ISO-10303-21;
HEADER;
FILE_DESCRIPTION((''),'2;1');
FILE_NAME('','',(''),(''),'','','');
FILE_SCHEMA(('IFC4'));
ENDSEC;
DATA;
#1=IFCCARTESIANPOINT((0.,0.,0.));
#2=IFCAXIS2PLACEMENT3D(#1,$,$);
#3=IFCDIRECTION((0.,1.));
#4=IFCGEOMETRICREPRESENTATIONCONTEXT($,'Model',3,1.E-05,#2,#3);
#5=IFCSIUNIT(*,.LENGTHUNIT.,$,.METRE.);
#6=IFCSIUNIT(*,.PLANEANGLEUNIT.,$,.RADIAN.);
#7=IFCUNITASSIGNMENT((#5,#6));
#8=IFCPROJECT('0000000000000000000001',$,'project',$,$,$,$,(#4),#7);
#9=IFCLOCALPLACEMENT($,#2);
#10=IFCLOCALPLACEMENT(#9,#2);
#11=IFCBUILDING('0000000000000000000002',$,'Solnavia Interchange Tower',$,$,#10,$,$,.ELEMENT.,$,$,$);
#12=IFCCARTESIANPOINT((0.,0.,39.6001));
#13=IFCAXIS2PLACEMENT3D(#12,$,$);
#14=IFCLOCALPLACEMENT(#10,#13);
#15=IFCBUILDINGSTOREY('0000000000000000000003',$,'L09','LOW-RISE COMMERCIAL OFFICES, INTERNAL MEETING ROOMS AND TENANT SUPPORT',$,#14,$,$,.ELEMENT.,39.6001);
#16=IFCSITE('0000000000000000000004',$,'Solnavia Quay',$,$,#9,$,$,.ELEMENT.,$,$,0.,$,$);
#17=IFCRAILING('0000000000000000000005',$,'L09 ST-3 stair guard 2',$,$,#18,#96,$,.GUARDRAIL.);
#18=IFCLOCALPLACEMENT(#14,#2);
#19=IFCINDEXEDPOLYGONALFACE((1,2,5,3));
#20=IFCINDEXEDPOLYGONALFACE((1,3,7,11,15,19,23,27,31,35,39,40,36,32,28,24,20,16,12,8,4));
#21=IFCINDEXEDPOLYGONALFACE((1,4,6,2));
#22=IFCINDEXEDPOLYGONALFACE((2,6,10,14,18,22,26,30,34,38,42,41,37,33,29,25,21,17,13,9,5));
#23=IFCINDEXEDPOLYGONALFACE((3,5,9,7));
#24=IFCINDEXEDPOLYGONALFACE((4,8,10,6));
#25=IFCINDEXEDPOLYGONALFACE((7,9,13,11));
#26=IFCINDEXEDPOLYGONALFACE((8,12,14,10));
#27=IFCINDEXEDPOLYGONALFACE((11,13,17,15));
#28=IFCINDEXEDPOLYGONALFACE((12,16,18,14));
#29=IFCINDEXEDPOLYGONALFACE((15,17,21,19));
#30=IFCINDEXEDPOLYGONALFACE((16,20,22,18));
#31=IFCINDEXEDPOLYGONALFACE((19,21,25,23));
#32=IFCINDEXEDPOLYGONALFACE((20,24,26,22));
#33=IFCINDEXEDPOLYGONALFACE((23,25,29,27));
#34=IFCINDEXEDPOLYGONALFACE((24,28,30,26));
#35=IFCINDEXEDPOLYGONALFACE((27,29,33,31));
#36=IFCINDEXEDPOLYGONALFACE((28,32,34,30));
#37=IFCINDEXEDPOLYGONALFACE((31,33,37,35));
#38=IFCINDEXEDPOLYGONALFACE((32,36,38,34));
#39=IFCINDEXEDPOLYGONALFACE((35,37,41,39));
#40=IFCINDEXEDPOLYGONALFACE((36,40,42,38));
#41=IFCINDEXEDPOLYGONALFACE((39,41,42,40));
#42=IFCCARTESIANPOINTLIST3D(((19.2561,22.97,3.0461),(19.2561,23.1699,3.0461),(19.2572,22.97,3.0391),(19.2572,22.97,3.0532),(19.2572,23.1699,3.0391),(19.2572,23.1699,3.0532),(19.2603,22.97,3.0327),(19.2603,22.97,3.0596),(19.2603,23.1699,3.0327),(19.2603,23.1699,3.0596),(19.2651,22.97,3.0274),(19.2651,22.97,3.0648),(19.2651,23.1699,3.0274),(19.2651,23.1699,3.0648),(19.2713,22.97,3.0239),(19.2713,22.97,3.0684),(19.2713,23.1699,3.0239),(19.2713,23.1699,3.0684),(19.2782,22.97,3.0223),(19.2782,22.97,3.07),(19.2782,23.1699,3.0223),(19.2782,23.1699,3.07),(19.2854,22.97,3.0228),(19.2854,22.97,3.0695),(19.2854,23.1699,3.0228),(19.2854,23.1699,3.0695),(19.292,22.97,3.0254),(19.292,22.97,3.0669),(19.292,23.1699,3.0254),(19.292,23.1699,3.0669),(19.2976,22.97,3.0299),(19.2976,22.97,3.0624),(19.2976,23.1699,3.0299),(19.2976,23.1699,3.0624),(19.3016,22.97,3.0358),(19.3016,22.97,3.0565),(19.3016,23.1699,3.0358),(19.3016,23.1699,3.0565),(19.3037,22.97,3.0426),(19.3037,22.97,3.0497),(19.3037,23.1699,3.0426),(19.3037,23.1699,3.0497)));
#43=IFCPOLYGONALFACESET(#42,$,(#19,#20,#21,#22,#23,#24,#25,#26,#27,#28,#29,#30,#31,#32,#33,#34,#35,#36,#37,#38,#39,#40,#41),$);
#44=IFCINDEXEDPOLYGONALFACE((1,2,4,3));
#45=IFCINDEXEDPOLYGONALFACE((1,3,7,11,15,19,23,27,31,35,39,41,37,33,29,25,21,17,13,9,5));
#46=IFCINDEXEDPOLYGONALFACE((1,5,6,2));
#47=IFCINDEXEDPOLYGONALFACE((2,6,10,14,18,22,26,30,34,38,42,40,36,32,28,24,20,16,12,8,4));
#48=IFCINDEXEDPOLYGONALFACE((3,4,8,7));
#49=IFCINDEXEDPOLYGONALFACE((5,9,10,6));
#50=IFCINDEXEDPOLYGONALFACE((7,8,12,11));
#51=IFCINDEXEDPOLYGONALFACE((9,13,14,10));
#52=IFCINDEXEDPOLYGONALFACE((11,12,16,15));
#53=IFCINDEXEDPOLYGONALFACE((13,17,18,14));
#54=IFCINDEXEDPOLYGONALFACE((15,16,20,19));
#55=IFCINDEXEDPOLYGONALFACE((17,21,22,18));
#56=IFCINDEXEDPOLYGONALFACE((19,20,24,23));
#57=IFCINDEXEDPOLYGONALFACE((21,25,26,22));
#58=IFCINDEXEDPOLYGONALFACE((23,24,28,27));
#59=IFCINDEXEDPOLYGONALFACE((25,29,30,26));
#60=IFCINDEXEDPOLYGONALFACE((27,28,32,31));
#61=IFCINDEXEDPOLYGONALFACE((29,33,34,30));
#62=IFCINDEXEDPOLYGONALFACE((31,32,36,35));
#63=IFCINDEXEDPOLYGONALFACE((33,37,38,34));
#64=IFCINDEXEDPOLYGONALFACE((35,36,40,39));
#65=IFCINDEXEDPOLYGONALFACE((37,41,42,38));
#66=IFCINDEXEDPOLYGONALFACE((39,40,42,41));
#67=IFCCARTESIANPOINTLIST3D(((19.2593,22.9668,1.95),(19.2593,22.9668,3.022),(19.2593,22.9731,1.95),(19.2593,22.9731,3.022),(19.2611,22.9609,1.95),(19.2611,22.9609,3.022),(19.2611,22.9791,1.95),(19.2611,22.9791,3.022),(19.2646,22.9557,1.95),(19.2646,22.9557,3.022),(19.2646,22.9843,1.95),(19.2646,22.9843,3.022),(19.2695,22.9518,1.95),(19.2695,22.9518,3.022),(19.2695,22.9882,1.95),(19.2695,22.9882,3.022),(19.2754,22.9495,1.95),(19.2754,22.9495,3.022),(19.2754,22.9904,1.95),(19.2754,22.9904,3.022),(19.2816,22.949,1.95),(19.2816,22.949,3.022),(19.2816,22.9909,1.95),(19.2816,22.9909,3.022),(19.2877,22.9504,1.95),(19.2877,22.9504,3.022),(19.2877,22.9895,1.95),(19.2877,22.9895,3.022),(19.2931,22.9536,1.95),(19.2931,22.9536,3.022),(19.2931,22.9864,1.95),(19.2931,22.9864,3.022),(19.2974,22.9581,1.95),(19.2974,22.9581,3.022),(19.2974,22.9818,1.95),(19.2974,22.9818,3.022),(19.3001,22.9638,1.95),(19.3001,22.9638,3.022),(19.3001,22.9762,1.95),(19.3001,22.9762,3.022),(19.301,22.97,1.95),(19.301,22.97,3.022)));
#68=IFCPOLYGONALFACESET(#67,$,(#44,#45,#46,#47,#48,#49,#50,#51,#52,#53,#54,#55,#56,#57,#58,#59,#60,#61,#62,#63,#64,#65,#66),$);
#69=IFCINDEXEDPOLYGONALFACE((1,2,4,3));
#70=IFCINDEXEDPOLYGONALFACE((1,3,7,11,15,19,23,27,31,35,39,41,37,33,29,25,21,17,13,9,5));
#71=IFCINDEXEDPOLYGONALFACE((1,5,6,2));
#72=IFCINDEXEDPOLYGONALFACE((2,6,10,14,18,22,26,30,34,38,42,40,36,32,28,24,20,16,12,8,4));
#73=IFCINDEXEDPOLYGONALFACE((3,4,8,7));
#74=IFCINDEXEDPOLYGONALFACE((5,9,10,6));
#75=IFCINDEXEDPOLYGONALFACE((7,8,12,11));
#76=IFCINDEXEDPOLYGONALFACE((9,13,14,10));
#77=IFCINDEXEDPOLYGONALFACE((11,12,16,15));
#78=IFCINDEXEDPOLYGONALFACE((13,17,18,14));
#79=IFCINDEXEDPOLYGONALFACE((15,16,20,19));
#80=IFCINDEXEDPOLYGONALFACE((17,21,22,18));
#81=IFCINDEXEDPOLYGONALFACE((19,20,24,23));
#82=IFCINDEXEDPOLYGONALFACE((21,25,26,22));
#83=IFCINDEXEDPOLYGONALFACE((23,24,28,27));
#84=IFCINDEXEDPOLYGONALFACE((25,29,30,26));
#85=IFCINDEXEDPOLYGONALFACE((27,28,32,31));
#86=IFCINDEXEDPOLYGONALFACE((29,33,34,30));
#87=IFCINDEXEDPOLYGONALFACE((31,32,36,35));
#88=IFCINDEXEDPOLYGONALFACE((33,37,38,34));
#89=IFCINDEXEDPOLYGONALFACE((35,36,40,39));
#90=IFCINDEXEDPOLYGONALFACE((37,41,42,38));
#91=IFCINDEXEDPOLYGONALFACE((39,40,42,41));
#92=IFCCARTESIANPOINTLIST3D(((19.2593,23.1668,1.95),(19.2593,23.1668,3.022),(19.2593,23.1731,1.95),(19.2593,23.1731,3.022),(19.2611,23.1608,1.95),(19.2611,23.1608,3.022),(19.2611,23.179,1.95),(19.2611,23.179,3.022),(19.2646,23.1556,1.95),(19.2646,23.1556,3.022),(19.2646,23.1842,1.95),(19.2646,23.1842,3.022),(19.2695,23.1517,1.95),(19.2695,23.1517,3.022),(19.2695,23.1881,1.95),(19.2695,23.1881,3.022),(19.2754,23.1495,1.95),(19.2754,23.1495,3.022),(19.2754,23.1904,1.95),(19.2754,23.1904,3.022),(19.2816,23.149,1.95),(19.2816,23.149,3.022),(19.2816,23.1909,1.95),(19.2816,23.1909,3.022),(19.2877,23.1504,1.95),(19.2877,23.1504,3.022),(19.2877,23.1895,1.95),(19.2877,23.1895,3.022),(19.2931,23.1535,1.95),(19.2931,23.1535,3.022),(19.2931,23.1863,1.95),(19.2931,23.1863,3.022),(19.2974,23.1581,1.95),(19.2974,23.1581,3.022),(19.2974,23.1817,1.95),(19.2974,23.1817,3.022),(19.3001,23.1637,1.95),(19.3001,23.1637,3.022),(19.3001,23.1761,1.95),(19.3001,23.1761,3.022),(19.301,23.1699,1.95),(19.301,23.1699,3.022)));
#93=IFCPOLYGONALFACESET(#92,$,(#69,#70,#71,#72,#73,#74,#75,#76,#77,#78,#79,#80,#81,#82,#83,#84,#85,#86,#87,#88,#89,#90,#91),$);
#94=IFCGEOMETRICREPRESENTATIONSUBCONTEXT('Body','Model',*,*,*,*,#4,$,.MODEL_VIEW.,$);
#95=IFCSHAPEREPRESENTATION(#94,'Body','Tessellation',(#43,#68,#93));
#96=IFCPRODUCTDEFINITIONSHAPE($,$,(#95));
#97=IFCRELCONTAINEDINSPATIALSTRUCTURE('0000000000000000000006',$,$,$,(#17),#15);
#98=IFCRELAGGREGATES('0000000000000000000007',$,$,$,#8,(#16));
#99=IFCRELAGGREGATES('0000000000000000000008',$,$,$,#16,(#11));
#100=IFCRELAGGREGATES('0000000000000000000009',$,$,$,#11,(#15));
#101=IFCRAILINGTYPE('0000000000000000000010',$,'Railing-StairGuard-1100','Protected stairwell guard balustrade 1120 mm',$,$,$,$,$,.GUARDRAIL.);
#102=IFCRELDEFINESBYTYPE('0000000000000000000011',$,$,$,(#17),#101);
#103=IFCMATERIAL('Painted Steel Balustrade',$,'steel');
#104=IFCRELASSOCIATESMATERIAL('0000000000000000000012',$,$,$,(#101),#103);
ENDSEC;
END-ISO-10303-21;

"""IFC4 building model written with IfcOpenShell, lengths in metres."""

from ifc_helpers import new_model, si_unit, direction, frame, origin, origin_2d, place, context, subcontext, project, spatial, circle, extrude, material, type_object, element, save


model = new_model("IFC4")

# Units and contexts
model_context = context("Model", 3, precision=1e-05, world=origin(), true_north=direction((0.0, 1.0)))
body_context = subcontext(model_context, "Body", "Model", "MODEL_VIEW")
ifc_project = project(units=[si_unit("LENGTHUNIT", "METRE"), si_unit("PLANEANGLEUNIT", "RADIAN")], contexts=[model_context])

# Site, building, storey
site_placement = place(None, origin())
site = spatial("IfcSite", under=ifc_project, at=site_placement, Name="Solnavia Quay", CompositionType="ELEMENT", RefElevation=0.0)
building_placement = place(site_placement, origin())
building = spatial("IfcBuilding", under=site, at=building_placement, Name="Solnavia Interchange Tower", CompositionType="ELEMENT")
storey_placement = place(building_placement, frame((0.0, 0.0, 39.6001)))
storey = spatial("IfcBuildingStorey", under=building, at=storey_placement, Name="L09", Description="LOW-RISE COMMERCIAL OFFICES, INTERNAL MEETING ROOMS AND TENANT SUPPORT", CompositionType="ELEMENT", Elevation=39.6001)

# Railing
ifc_material_1 = material(Name="Painted Steel Balustrade", Category="steel")
railing_type_1 = type_object("IfcRailingType", Name="Railing-StairGuard-1100", Description="Protected stairwell guard balustrade 1120 mm", PredefinedType="GUARDRAIL", material=ifc_material_1)
railing_1_placement = place(storey_placement, frame((19.28, 22.97, 1.95)))
element("IfcRailing", 1, at=railing_1_placement, inside=storey, type_object=railing_type_1, Name="L09 ST-3 stair guard 2", PredefinedType="GUARDRAIL", context=body_context, shape_type="SweptSolid", body=[
    extrude(circle(Radius=0.0239, at=origin_2d()), frame((0.0, 0.0, 1.0962), z_axis=(0.0, 1.0, 0.0), x_axis=(-1.0, 0.0, 0.0)), (0.0, 0.0, 1.0), 0.2),
    extrude(circle(Radius=0.021, at=origin_2d()), origin(), (0.0, 0.0, 1.0), 1.072),
    extrude(circle(Radius=0.021, at=origin_2d()), frame((0.0, 0.2, 0.0)), (0.0, 0.0, 1.0), 1.072),
])

save(model, "model.ifc")
